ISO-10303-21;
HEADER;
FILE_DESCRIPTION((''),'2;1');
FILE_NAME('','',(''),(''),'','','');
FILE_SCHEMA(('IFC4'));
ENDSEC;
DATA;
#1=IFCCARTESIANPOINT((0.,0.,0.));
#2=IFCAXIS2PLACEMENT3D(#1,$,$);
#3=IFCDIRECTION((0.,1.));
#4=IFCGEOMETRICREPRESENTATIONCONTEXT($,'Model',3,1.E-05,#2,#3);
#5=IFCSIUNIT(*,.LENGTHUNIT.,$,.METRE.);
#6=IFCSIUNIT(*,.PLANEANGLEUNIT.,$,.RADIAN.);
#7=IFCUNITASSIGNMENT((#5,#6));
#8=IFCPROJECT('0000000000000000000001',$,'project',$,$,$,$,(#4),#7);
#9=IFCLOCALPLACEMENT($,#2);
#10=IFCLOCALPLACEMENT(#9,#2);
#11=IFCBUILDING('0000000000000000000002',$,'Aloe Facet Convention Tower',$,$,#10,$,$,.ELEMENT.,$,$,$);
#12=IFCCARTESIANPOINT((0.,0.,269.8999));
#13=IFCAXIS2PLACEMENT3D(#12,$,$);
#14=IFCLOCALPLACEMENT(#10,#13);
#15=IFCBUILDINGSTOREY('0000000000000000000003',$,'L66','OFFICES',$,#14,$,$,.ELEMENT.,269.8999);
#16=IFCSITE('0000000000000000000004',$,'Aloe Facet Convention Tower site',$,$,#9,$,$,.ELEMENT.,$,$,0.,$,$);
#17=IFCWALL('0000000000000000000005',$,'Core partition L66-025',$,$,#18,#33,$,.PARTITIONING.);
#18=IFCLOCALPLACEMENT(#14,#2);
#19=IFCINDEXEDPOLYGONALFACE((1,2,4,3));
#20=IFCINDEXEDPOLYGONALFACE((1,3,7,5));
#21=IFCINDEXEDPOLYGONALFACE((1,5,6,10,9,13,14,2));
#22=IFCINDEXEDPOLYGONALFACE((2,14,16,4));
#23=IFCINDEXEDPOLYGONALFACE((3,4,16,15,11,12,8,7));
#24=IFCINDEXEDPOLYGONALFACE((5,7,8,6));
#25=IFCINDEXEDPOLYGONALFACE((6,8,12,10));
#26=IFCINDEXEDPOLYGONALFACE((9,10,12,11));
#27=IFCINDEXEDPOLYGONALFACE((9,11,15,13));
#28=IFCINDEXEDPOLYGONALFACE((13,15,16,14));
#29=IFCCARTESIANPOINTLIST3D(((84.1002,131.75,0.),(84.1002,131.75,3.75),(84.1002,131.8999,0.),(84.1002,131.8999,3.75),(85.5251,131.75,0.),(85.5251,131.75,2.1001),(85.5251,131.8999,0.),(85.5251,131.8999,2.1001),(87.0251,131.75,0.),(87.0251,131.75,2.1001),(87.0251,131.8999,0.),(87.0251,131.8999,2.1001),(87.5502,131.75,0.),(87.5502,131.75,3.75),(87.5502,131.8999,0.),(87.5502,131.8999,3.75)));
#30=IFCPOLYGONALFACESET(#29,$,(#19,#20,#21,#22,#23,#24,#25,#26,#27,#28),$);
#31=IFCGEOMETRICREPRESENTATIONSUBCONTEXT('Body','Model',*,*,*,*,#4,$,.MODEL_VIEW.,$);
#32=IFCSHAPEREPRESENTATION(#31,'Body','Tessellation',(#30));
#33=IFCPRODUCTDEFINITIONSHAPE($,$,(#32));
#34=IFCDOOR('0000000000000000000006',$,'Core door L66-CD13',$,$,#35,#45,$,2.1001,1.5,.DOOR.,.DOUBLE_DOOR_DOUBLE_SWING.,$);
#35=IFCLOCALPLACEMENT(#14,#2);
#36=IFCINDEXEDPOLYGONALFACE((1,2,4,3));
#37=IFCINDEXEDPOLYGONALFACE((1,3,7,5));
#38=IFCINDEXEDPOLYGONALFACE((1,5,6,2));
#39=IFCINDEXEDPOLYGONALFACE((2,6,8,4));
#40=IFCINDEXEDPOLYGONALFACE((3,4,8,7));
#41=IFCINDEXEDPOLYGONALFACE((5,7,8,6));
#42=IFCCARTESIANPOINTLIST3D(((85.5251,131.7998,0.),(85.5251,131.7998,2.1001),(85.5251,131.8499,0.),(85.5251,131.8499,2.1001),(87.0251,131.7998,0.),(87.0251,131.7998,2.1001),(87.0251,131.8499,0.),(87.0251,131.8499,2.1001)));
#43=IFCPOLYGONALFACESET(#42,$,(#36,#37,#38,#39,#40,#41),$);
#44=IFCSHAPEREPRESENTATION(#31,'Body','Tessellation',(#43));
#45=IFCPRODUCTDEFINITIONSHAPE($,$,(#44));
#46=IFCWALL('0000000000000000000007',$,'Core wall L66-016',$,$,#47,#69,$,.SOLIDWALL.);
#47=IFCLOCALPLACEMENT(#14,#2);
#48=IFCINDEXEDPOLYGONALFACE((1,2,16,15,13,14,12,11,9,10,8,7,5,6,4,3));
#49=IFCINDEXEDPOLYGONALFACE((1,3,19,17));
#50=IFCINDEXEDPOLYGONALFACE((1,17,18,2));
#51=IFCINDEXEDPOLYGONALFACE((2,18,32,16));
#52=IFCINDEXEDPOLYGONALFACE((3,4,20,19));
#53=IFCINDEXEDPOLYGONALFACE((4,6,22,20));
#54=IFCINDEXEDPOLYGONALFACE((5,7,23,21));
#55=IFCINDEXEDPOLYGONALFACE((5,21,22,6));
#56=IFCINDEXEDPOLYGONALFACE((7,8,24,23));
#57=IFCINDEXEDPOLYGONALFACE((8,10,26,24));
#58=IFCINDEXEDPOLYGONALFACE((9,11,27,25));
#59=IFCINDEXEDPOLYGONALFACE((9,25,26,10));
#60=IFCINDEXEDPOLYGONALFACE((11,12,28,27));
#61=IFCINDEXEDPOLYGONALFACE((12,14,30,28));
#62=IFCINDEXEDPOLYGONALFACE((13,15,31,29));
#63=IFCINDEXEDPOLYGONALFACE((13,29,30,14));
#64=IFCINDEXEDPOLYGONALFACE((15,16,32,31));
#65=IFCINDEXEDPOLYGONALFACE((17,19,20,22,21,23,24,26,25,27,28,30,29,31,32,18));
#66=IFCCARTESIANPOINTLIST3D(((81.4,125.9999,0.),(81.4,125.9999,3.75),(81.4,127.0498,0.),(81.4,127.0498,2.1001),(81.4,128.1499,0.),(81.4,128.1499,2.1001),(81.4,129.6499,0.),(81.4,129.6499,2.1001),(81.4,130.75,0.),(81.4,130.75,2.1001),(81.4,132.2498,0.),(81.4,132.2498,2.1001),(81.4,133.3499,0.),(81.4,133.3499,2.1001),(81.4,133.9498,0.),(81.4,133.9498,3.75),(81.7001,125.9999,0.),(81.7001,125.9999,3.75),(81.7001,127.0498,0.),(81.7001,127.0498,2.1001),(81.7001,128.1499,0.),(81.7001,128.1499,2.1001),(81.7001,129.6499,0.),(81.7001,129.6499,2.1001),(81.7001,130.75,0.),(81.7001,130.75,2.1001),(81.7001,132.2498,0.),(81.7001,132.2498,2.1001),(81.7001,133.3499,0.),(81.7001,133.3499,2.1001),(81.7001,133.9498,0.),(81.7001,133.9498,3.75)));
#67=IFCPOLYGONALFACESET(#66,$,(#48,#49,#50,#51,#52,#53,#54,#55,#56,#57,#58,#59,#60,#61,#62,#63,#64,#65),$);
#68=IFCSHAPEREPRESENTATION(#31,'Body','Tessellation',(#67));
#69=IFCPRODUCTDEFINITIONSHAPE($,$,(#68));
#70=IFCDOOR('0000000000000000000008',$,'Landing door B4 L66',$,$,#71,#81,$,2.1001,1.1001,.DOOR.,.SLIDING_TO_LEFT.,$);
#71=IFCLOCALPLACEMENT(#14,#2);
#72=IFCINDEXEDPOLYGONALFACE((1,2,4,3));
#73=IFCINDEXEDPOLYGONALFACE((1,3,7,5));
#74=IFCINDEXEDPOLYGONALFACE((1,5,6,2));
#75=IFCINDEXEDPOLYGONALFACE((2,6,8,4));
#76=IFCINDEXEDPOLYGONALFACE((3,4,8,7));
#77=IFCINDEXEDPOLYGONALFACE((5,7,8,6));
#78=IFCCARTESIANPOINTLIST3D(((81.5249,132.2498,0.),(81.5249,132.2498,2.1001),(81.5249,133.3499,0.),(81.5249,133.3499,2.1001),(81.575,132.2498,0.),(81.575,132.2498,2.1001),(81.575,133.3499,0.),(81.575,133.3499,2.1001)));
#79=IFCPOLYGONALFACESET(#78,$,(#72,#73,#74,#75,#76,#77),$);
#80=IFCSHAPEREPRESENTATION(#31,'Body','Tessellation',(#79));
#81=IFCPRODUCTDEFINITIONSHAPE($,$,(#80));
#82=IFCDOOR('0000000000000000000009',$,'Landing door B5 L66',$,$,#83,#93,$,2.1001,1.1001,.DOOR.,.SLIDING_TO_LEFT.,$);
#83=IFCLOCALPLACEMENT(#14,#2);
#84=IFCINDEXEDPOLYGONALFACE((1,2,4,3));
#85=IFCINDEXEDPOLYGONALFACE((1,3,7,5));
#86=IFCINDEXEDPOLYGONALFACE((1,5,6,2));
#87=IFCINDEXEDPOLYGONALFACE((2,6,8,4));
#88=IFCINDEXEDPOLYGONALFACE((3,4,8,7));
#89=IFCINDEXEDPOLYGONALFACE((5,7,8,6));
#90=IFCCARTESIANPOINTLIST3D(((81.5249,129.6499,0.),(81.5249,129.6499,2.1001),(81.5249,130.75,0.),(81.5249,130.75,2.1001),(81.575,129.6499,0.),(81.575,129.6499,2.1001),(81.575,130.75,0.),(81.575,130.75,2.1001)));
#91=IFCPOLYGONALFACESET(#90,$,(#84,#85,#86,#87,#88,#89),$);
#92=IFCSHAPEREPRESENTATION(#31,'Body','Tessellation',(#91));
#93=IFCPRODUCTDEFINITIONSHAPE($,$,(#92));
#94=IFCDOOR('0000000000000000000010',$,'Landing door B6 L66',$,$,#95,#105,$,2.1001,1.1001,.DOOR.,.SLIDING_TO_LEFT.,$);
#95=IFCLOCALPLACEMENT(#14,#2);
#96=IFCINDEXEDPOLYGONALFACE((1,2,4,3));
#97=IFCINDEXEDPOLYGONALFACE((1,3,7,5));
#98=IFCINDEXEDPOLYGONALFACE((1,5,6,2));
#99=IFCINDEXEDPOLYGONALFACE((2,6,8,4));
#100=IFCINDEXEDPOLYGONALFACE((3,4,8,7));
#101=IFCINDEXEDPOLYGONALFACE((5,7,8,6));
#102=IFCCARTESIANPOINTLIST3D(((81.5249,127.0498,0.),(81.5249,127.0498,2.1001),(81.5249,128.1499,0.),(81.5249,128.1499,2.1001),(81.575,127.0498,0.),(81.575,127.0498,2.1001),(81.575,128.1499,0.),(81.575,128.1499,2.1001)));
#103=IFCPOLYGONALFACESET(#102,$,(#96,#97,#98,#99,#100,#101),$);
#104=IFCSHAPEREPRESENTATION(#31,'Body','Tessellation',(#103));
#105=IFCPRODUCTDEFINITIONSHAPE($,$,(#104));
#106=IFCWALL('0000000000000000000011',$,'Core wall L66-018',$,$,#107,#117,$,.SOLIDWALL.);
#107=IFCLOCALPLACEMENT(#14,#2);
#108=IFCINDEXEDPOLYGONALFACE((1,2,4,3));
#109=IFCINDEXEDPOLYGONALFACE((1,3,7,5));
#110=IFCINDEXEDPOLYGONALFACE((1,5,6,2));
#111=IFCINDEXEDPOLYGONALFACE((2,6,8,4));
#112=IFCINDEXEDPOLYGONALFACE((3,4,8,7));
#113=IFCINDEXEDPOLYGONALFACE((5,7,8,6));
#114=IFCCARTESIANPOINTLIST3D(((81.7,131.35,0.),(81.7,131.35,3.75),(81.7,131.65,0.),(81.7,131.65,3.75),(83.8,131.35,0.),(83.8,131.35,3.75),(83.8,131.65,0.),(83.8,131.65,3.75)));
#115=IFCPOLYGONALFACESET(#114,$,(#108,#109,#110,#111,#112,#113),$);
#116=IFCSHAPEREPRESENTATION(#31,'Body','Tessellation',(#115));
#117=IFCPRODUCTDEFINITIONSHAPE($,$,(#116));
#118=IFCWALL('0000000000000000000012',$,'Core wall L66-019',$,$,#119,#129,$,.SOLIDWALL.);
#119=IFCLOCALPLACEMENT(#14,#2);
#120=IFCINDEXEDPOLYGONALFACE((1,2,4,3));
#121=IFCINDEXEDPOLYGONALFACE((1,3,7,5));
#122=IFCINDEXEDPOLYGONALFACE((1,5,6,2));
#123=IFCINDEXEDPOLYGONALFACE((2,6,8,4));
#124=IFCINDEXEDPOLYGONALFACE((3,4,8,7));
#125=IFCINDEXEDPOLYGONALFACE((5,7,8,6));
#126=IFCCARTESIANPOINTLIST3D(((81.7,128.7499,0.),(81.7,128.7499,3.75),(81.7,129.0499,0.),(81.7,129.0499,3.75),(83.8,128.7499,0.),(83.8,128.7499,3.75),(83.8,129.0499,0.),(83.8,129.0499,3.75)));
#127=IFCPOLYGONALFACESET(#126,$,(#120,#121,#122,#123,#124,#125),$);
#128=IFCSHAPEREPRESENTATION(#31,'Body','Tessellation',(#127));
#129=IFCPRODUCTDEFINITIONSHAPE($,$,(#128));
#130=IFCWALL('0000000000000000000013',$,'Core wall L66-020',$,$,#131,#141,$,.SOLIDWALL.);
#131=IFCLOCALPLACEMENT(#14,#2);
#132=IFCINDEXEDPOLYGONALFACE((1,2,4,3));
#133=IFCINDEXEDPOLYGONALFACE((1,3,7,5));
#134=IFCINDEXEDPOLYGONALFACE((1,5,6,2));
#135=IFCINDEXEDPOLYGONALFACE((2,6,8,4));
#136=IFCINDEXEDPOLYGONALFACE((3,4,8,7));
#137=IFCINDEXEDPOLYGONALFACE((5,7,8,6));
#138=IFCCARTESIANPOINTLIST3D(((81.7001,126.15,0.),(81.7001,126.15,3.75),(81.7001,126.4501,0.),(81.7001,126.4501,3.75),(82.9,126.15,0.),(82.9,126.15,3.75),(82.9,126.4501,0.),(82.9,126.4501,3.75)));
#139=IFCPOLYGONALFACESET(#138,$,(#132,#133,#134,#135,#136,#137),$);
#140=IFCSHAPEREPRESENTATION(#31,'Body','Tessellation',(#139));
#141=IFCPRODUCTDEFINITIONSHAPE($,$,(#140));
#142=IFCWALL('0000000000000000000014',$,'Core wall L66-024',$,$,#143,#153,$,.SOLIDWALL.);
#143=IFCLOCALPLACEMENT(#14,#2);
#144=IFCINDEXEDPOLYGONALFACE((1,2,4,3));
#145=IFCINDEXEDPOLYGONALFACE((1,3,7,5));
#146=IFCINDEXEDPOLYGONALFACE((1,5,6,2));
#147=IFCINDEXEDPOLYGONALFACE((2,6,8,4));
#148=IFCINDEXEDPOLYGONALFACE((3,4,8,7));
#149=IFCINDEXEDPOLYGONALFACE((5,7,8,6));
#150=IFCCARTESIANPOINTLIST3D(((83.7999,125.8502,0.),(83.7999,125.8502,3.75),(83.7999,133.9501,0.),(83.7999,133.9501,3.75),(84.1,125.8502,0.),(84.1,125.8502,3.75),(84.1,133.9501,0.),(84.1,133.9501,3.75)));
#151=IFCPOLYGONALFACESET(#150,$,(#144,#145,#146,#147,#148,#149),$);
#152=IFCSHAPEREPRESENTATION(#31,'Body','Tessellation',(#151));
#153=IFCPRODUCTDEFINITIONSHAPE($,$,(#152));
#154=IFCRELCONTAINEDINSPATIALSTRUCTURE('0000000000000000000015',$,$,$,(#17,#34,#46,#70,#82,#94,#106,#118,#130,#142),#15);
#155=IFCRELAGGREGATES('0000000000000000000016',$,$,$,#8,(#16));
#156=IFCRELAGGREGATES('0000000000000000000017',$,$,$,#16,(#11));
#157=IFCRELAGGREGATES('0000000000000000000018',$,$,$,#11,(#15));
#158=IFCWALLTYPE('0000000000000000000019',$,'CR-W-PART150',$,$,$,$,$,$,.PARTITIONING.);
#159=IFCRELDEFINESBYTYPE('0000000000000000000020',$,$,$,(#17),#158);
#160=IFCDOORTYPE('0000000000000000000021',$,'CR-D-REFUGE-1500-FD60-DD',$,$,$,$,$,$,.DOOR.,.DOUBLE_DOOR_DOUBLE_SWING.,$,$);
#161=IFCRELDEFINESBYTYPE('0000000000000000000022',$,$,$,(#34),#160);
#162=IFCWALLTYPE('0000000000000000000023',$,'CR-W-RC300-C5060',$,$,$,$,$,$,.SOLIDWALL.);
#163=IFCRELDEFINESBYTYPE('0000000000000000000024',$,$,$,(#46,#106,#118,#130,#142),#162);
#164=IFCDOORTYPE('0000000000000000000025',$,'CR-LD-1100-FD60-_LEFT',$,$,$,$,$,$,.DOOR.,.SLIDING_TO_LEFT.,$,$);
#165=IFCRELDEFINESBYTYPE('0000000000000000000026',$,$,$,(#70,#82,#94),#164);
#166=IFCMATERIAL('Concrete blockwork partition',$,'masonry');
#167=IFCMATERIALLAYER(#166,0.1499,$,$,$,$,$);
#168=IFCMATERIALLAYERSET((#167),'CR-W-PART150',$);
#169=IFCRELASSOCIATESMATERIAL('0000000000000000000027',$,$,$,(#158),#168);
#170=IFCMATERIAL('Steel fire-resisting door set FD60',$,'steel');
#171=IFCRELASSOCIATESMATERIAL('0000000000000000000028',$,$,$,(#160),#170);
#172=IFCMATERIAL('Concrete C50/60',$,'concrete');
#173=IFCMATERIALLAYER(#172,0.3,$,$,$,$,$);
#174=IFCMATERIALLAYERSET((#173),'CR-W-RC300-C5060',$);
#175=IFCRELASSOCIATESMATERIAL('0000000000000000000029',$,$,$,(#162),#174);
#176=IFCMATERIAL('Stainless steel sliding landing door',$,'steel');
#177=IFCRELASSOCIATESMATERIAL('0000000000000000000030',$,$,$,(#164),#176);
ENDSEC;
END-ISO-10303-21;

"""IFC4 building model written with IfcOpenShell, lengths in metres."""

from ifc_helpers import new_model, si_unit, direction, frame, frame_2d, origin, place, context, subcontext, project, spatial, rectangle, extrude, material, layer, layer_set, type_object, element, fill, save


model = new_model("IFC4")

# Units and contexts
model_context = context("Model", 3, precision=1e-05, world=origin(), true_north=direction((0.0, 1.0)))
body_context = subcontext(model_context, "Body", "Model", "MODEL_VIEW")
ifc_project = project(units=[si_unit("LENGTHUNIT", "METRE"), si_unit("PLANEANGLEUNIT", "RADIAN")], contexts=[model_context])

# Site, building, storey
site_placement = place(None, origin())
site = spatial("IfcSite", under=ifc_project, at=site_placement, Name="Aloe Facet Convention Tower site", CompositionType="ELEMENT", RefElevation=0.0)
building_placement = place(site_placement, origin())
building = spatial("IfcBuilding", under=site, at=building_placement, Name="Aloe Facet Convention Tower", CompositionType="ELEMENT")
storey_placement = place(building_placement, frame((0.0, 0.0, 269.8999)))
storey = spatial("IfcBuildingStorey", under=building, at=storey_placement, Name="L66", Description="OFFICES", CompositionType="ELEMENT", Elevation=269.8999)

# Wall, opening, door
ifc_material_1 = material(Name="Concrete blockwork partition", Category="masonry")
ifc_layer_1 = layer(ifc_material_1, 0.1499)
ifc_layer_set_1 = layer_set([ifc_layer_1], Name="CR-W-PART150")
wall_type_1 = type_object("IfcWallType", Name="CR-W-PART150", PredefinedType="PARTITIONING", material=ifc_layer_set_1)
wall_1_placement = place(storey_placement, frame((84.1001, 131.825, 0.0), z_axis=(0.0, 0.0, 1.0), x_axis=(1.0, 0.0, 0.0)))
wall_1 = element("IfcWall", 1, at=wall_1_placement, inside=storey, type_object=wall_type_1, Name="Core partition L66-025", PredefinedType="PARTITIONING", context=body_context, shape_type="SweptSolid", body=[
    extrude(rectangle(XDim=3.45, YDim=0.1499, at=frame_2d((1.7251, 0.0))), origin(), (0.0, 0.0, 1.0), 3.75),
])
opening_1_placement = place(wall_1_placement, frame((1.425, 0.0, 0.0)))
opening_1 = element("IfcOpeningElement", 2, at=opening_1_placement, cuts=wall_1, PredefinedType="OPENING", context=body_context, shape_type="SweptSolid", body=[
    extrude(rectangle(XDim=1.5, YDim=2.1001, at=frame_2d((0.75, 1.05))), frame((0.0, 0.085, 0.0), z_axis=(0.0, -1.0, 0.0), x_axis=(1.0, 0.0, 0.0)), (0.0, 0.0, 1.0), 0.1699),
])
ifc_material_2 = material(Name="Steel fire-resisting door set FD60", Category="steel")
door_type_1 = type_object("IfcDoorType", Name="CR-D-REFUGE-1500-FD60-DD", OperationType="DOUBLE_DOOR_DOUBLE_SWING", PredefinedType="DOOR", material=ifc_material_2)
door_1_placement = place(opening_1_placement, origin())
door_1 = element("IfcDoor", 3, at=door_1_placement, inside=storey, type_object=door_type_1, Name="Core door L66-CD13", OperationType="DOUBLE_DOOR_DOUBLE_SWING", OverallHeight=2.1001, OverallWidth=1.5, PredefinedType="DOOR", context=body_context, shape_type="SweptSolid", body=[
    extrude(rectangle(XDim=1.5, YDim=2.1001, at=frame_2d((0.75, 1.05))), frame((0.0, 0.0249, 0.0), z_axis=(0.0, -1.0, 0.0), x_axis=(1.0, 0.0, 0.0)), (0.0, 0.0, 1.0), 0.05),
])
fill(opening_1, door_1)

# Wall, openings, doors
ifc_material_3 = material(Name="Concrete C50/60", Category="concrete")
ifc_layer_2 = layer(ifc_material_3, 0.3)
ifc_layer_set_2 = layer_set([ifc_layer_2], Name="CR-W-RC300-C5060")
wall_type_2 = type_object("IfcWallType", Name="CR-W-RC300-C5060", PredefinedType="SOLIDWALL", material=ifc_layer_set_2)
wall_2_placement = place(storey_placement, frame((81.55, 133.95, 0.0), z_axis=(0.0, 0.0, 1.0), x_axis=(0.0, -1.0, 0.0)))
wall_2 = element("IfcWall", 4, at=wall_2_placement, inside=storey, type_object=wall_type_2, Name="Core wall L66-016", PredefinedType="SOLIDWALL", context=body_context, shape_type="SweptSolid", body=[
    extrude(rectangle(XDim=7.95, YDim=0.3, at=frame_2d((3.9751, 0.0))), origin(), (0.0, 0.0, 1.0), 3.75),
])
opening_2_placement = place(wall_2_placement, frame((0.6001, 0.0, 0.0)))
opening_2 = element("IfcOpeningElement", 5, at=opening_2_placement, cuts=wall_2, PredefinedType="OPENING", context=body_context, shape_type="SweptSolid", body=[
    extrude(rectangle(XDim=1.1001, YDim=2.1001, at=frame_2d((0.55, 1.05))), frame((0.0, 0.1602, 0.0), z_axis=(0.0, -1.0, 0.0), x_axis=(1.0, 0.0, 0.0)), (0.0, 0.0, 1.0), 0.3201),
])
opening_3_placement = place(wall_2_placement, frame((3.2, 0.0, 0.0)))
opening_3 = element("IfcOpeningElement", 6, at=opening_3_placement, cuts=wall_2, PredefinedType="OPENING", context=body_context, shape_type="SweptSolid", body=[
    extrude(rectangle(XDim=1.1001, YDim=2.1001, at=frame_2d((0.55, 1.05))), frame((0.0, 0.1602, 0.0), z_axis=(0.0, -1.0, 0.0), x_axis=(1.0, 0.0, 0.0)), (0.0, 0.0, 1.0), 0.3201),
])
opening_4_placement = place(wall_2_placement, frame((5.8, 0.0, 0.0)))
opening_4 = element("IfcOpeningElement", 7, at=opening_4_placement, cuts=wall_2, PredefinedType="OPENING", context=body_context, shape_type="SweptSolid", body=[
    extrude(rectangle(XDim=1.1001, YDim=2.1001, at=frame_2d((0.55, 1.05))), frame((0.0, 0.1602, 0.0), z_axis=(0.0, -1.0, 0.0), x_axis=(1.0, 0.0, 0.0)), (0.0, 0.0, 1.0), 0.3201),
])
ifc_material_4 = material(Name="Stainless steel sliding landing door", Category="steel")
door_type_2 = type_object("IfcDoorType", Name="CR-LD-1100-FD60-_LEFT", OperationType="SLIDING_TO_LEFT", PredefinedType="DOOR", material=ifc_material_4)
door_2_placement = place(opening_2_placement, origin())
door_2 = element("IfcDoor", 8, at=door_2_placement, inside=storey, type_object=door_type_2, Name="Landing door B4 L66", OperationType="SLIDING_TO_LEFT", OverallHeight=2.1001, OverallWidth=1.1001, PredefinedType="DOOR", context=body_context, shape_type="SweptSolid", body=[
    extrude(rectangle(XDim=1.1001, YDim=2.1001, at=frame_2d((0.55, 1.05))), frame((0.0, 0.0249, 0.0), z_axis=(0.0, -1.0, 0.0), x_axis=(1.0, 0.0, 0.0)), (0.0, 0.0, 1.0), 0.05),
])
fill(opening_2, door_2)
door_3_placement = place(opening_3_placement, origin())
door_3 = element("IfcDoor", 9, at=door_3_placement, inside=storey, type_object=door_type_2, Name="Landing door B5 L66", OperationType="SLIDING_TO_LEFT", OverallHeight=2.1001, OverallWidth=1.1001, PredefinedType="DOOR", context=body_context, shape_type="SweptSolid", body=[
    extrude(rectangle(XDim=1.1001, YDim=2.1001, at=frame_2d((0.55, 1.05))), frame((0.0, 0.0249, 0.0), z_axis=(0.0, -1.0, 0.0), x_axis=(1.0, 0.0, 0.0)), (0.0, 0.0, 1.0), 0.05),
])
fill(opening_3, door_3)
door_4_placement = place(opening_4_placement, origin())
door_4 = element("IfcDoor", 10, at=door_4_placement, inside=storey, type_object=door_type_2, Name="Landing door B6 L66", OperationType="SLIDING_TO_LEFT", OverallHeight=2.1001, OverallWidth=1.1001, PredefinedType="DOOR", context=body_context, shape_type="SweptSolid", body=[
    extrude(rectangle(XDim=1.1001, YDim=2.1001, at=frame_2d((0.55, 1.05))), frame((0.0, 0.0249, 0.0), z_axis=(0.0, -1.0, 0.0), x_axis=(1.0, 0.0, 0.0)), (0.0, 0.0, 1.0), 0.05),
])
fill(opening_4, door_4)

# Walls
for number, where, z_axis, x_axis, name in (
    (11, (81.7, 131.5, 0.0), (0.0, 0.0, 1.0), (1.0, 0.0, 0.0), "Core wall L66-018"),
    (12, (81.7, 128.8999, 0.0), (0.0, 0.0, 1.0), (1.0, 0.0, 0.0), "Core wall L66-019"),
):
    element("IfcWall", number, at=place(storey_placement, frame(where, z_axis=z_axis, x_axis=x_axis)), inside=storey, type_object=wall_type_2, Name=name, PredefinedType="SOLIDWALL", context=body_context, shape_type="SweptSolid", body=[
        extrude(rectangle(XDim=2.1001, YDim=0.3, at=frame_2d((1.05, 0.0))), origin(), (0.0, 0.0, 1.0), 3.75),
    ])
wall_3_placement = place(storey_placement, frame((81.7, 126.3, 0.0), z_axis=(0.0, 0.0, 1.0), x_axis=(1.0, 0.0, 0.0)))
element("IfcWall", 13, at=wall_3_placement, inside=storey, type_object=wall_type_2, Name="Core wall L66-020", PredefinedType="SOLIDWALL", context=body_context, shape_type="SweptSolid", body=[
    extrude(rectangle(XDim=1.2, YDim=0.3, at=frame_2d((0.6001, 0.0))), origin(), (0.0, 0.0, 1.0), 3.75),
])
wall_4_placement = place(storey_placement, frame((83.95, 133.95, 0.0), z_axis=(0.0, 0.0, 1.0), x_axis=(0.0, -1.0, 0.0)))
element("IfcWall", 14, at=wall_4_placement, inside=storey, type_object=wall_type_2, Name="Core wall L66-024", PredefinedType="SOLIDWALL", context=body_context, shape_type="SweptSolid", body=[
    extrude(rectangle(XDim=8.0999, YDim=0.3, at=frame_2d((4.0498, 0.0))), origin(), (0.0, 0.0, 1.0), 3.75),
])

save(model, "model.ifc")
